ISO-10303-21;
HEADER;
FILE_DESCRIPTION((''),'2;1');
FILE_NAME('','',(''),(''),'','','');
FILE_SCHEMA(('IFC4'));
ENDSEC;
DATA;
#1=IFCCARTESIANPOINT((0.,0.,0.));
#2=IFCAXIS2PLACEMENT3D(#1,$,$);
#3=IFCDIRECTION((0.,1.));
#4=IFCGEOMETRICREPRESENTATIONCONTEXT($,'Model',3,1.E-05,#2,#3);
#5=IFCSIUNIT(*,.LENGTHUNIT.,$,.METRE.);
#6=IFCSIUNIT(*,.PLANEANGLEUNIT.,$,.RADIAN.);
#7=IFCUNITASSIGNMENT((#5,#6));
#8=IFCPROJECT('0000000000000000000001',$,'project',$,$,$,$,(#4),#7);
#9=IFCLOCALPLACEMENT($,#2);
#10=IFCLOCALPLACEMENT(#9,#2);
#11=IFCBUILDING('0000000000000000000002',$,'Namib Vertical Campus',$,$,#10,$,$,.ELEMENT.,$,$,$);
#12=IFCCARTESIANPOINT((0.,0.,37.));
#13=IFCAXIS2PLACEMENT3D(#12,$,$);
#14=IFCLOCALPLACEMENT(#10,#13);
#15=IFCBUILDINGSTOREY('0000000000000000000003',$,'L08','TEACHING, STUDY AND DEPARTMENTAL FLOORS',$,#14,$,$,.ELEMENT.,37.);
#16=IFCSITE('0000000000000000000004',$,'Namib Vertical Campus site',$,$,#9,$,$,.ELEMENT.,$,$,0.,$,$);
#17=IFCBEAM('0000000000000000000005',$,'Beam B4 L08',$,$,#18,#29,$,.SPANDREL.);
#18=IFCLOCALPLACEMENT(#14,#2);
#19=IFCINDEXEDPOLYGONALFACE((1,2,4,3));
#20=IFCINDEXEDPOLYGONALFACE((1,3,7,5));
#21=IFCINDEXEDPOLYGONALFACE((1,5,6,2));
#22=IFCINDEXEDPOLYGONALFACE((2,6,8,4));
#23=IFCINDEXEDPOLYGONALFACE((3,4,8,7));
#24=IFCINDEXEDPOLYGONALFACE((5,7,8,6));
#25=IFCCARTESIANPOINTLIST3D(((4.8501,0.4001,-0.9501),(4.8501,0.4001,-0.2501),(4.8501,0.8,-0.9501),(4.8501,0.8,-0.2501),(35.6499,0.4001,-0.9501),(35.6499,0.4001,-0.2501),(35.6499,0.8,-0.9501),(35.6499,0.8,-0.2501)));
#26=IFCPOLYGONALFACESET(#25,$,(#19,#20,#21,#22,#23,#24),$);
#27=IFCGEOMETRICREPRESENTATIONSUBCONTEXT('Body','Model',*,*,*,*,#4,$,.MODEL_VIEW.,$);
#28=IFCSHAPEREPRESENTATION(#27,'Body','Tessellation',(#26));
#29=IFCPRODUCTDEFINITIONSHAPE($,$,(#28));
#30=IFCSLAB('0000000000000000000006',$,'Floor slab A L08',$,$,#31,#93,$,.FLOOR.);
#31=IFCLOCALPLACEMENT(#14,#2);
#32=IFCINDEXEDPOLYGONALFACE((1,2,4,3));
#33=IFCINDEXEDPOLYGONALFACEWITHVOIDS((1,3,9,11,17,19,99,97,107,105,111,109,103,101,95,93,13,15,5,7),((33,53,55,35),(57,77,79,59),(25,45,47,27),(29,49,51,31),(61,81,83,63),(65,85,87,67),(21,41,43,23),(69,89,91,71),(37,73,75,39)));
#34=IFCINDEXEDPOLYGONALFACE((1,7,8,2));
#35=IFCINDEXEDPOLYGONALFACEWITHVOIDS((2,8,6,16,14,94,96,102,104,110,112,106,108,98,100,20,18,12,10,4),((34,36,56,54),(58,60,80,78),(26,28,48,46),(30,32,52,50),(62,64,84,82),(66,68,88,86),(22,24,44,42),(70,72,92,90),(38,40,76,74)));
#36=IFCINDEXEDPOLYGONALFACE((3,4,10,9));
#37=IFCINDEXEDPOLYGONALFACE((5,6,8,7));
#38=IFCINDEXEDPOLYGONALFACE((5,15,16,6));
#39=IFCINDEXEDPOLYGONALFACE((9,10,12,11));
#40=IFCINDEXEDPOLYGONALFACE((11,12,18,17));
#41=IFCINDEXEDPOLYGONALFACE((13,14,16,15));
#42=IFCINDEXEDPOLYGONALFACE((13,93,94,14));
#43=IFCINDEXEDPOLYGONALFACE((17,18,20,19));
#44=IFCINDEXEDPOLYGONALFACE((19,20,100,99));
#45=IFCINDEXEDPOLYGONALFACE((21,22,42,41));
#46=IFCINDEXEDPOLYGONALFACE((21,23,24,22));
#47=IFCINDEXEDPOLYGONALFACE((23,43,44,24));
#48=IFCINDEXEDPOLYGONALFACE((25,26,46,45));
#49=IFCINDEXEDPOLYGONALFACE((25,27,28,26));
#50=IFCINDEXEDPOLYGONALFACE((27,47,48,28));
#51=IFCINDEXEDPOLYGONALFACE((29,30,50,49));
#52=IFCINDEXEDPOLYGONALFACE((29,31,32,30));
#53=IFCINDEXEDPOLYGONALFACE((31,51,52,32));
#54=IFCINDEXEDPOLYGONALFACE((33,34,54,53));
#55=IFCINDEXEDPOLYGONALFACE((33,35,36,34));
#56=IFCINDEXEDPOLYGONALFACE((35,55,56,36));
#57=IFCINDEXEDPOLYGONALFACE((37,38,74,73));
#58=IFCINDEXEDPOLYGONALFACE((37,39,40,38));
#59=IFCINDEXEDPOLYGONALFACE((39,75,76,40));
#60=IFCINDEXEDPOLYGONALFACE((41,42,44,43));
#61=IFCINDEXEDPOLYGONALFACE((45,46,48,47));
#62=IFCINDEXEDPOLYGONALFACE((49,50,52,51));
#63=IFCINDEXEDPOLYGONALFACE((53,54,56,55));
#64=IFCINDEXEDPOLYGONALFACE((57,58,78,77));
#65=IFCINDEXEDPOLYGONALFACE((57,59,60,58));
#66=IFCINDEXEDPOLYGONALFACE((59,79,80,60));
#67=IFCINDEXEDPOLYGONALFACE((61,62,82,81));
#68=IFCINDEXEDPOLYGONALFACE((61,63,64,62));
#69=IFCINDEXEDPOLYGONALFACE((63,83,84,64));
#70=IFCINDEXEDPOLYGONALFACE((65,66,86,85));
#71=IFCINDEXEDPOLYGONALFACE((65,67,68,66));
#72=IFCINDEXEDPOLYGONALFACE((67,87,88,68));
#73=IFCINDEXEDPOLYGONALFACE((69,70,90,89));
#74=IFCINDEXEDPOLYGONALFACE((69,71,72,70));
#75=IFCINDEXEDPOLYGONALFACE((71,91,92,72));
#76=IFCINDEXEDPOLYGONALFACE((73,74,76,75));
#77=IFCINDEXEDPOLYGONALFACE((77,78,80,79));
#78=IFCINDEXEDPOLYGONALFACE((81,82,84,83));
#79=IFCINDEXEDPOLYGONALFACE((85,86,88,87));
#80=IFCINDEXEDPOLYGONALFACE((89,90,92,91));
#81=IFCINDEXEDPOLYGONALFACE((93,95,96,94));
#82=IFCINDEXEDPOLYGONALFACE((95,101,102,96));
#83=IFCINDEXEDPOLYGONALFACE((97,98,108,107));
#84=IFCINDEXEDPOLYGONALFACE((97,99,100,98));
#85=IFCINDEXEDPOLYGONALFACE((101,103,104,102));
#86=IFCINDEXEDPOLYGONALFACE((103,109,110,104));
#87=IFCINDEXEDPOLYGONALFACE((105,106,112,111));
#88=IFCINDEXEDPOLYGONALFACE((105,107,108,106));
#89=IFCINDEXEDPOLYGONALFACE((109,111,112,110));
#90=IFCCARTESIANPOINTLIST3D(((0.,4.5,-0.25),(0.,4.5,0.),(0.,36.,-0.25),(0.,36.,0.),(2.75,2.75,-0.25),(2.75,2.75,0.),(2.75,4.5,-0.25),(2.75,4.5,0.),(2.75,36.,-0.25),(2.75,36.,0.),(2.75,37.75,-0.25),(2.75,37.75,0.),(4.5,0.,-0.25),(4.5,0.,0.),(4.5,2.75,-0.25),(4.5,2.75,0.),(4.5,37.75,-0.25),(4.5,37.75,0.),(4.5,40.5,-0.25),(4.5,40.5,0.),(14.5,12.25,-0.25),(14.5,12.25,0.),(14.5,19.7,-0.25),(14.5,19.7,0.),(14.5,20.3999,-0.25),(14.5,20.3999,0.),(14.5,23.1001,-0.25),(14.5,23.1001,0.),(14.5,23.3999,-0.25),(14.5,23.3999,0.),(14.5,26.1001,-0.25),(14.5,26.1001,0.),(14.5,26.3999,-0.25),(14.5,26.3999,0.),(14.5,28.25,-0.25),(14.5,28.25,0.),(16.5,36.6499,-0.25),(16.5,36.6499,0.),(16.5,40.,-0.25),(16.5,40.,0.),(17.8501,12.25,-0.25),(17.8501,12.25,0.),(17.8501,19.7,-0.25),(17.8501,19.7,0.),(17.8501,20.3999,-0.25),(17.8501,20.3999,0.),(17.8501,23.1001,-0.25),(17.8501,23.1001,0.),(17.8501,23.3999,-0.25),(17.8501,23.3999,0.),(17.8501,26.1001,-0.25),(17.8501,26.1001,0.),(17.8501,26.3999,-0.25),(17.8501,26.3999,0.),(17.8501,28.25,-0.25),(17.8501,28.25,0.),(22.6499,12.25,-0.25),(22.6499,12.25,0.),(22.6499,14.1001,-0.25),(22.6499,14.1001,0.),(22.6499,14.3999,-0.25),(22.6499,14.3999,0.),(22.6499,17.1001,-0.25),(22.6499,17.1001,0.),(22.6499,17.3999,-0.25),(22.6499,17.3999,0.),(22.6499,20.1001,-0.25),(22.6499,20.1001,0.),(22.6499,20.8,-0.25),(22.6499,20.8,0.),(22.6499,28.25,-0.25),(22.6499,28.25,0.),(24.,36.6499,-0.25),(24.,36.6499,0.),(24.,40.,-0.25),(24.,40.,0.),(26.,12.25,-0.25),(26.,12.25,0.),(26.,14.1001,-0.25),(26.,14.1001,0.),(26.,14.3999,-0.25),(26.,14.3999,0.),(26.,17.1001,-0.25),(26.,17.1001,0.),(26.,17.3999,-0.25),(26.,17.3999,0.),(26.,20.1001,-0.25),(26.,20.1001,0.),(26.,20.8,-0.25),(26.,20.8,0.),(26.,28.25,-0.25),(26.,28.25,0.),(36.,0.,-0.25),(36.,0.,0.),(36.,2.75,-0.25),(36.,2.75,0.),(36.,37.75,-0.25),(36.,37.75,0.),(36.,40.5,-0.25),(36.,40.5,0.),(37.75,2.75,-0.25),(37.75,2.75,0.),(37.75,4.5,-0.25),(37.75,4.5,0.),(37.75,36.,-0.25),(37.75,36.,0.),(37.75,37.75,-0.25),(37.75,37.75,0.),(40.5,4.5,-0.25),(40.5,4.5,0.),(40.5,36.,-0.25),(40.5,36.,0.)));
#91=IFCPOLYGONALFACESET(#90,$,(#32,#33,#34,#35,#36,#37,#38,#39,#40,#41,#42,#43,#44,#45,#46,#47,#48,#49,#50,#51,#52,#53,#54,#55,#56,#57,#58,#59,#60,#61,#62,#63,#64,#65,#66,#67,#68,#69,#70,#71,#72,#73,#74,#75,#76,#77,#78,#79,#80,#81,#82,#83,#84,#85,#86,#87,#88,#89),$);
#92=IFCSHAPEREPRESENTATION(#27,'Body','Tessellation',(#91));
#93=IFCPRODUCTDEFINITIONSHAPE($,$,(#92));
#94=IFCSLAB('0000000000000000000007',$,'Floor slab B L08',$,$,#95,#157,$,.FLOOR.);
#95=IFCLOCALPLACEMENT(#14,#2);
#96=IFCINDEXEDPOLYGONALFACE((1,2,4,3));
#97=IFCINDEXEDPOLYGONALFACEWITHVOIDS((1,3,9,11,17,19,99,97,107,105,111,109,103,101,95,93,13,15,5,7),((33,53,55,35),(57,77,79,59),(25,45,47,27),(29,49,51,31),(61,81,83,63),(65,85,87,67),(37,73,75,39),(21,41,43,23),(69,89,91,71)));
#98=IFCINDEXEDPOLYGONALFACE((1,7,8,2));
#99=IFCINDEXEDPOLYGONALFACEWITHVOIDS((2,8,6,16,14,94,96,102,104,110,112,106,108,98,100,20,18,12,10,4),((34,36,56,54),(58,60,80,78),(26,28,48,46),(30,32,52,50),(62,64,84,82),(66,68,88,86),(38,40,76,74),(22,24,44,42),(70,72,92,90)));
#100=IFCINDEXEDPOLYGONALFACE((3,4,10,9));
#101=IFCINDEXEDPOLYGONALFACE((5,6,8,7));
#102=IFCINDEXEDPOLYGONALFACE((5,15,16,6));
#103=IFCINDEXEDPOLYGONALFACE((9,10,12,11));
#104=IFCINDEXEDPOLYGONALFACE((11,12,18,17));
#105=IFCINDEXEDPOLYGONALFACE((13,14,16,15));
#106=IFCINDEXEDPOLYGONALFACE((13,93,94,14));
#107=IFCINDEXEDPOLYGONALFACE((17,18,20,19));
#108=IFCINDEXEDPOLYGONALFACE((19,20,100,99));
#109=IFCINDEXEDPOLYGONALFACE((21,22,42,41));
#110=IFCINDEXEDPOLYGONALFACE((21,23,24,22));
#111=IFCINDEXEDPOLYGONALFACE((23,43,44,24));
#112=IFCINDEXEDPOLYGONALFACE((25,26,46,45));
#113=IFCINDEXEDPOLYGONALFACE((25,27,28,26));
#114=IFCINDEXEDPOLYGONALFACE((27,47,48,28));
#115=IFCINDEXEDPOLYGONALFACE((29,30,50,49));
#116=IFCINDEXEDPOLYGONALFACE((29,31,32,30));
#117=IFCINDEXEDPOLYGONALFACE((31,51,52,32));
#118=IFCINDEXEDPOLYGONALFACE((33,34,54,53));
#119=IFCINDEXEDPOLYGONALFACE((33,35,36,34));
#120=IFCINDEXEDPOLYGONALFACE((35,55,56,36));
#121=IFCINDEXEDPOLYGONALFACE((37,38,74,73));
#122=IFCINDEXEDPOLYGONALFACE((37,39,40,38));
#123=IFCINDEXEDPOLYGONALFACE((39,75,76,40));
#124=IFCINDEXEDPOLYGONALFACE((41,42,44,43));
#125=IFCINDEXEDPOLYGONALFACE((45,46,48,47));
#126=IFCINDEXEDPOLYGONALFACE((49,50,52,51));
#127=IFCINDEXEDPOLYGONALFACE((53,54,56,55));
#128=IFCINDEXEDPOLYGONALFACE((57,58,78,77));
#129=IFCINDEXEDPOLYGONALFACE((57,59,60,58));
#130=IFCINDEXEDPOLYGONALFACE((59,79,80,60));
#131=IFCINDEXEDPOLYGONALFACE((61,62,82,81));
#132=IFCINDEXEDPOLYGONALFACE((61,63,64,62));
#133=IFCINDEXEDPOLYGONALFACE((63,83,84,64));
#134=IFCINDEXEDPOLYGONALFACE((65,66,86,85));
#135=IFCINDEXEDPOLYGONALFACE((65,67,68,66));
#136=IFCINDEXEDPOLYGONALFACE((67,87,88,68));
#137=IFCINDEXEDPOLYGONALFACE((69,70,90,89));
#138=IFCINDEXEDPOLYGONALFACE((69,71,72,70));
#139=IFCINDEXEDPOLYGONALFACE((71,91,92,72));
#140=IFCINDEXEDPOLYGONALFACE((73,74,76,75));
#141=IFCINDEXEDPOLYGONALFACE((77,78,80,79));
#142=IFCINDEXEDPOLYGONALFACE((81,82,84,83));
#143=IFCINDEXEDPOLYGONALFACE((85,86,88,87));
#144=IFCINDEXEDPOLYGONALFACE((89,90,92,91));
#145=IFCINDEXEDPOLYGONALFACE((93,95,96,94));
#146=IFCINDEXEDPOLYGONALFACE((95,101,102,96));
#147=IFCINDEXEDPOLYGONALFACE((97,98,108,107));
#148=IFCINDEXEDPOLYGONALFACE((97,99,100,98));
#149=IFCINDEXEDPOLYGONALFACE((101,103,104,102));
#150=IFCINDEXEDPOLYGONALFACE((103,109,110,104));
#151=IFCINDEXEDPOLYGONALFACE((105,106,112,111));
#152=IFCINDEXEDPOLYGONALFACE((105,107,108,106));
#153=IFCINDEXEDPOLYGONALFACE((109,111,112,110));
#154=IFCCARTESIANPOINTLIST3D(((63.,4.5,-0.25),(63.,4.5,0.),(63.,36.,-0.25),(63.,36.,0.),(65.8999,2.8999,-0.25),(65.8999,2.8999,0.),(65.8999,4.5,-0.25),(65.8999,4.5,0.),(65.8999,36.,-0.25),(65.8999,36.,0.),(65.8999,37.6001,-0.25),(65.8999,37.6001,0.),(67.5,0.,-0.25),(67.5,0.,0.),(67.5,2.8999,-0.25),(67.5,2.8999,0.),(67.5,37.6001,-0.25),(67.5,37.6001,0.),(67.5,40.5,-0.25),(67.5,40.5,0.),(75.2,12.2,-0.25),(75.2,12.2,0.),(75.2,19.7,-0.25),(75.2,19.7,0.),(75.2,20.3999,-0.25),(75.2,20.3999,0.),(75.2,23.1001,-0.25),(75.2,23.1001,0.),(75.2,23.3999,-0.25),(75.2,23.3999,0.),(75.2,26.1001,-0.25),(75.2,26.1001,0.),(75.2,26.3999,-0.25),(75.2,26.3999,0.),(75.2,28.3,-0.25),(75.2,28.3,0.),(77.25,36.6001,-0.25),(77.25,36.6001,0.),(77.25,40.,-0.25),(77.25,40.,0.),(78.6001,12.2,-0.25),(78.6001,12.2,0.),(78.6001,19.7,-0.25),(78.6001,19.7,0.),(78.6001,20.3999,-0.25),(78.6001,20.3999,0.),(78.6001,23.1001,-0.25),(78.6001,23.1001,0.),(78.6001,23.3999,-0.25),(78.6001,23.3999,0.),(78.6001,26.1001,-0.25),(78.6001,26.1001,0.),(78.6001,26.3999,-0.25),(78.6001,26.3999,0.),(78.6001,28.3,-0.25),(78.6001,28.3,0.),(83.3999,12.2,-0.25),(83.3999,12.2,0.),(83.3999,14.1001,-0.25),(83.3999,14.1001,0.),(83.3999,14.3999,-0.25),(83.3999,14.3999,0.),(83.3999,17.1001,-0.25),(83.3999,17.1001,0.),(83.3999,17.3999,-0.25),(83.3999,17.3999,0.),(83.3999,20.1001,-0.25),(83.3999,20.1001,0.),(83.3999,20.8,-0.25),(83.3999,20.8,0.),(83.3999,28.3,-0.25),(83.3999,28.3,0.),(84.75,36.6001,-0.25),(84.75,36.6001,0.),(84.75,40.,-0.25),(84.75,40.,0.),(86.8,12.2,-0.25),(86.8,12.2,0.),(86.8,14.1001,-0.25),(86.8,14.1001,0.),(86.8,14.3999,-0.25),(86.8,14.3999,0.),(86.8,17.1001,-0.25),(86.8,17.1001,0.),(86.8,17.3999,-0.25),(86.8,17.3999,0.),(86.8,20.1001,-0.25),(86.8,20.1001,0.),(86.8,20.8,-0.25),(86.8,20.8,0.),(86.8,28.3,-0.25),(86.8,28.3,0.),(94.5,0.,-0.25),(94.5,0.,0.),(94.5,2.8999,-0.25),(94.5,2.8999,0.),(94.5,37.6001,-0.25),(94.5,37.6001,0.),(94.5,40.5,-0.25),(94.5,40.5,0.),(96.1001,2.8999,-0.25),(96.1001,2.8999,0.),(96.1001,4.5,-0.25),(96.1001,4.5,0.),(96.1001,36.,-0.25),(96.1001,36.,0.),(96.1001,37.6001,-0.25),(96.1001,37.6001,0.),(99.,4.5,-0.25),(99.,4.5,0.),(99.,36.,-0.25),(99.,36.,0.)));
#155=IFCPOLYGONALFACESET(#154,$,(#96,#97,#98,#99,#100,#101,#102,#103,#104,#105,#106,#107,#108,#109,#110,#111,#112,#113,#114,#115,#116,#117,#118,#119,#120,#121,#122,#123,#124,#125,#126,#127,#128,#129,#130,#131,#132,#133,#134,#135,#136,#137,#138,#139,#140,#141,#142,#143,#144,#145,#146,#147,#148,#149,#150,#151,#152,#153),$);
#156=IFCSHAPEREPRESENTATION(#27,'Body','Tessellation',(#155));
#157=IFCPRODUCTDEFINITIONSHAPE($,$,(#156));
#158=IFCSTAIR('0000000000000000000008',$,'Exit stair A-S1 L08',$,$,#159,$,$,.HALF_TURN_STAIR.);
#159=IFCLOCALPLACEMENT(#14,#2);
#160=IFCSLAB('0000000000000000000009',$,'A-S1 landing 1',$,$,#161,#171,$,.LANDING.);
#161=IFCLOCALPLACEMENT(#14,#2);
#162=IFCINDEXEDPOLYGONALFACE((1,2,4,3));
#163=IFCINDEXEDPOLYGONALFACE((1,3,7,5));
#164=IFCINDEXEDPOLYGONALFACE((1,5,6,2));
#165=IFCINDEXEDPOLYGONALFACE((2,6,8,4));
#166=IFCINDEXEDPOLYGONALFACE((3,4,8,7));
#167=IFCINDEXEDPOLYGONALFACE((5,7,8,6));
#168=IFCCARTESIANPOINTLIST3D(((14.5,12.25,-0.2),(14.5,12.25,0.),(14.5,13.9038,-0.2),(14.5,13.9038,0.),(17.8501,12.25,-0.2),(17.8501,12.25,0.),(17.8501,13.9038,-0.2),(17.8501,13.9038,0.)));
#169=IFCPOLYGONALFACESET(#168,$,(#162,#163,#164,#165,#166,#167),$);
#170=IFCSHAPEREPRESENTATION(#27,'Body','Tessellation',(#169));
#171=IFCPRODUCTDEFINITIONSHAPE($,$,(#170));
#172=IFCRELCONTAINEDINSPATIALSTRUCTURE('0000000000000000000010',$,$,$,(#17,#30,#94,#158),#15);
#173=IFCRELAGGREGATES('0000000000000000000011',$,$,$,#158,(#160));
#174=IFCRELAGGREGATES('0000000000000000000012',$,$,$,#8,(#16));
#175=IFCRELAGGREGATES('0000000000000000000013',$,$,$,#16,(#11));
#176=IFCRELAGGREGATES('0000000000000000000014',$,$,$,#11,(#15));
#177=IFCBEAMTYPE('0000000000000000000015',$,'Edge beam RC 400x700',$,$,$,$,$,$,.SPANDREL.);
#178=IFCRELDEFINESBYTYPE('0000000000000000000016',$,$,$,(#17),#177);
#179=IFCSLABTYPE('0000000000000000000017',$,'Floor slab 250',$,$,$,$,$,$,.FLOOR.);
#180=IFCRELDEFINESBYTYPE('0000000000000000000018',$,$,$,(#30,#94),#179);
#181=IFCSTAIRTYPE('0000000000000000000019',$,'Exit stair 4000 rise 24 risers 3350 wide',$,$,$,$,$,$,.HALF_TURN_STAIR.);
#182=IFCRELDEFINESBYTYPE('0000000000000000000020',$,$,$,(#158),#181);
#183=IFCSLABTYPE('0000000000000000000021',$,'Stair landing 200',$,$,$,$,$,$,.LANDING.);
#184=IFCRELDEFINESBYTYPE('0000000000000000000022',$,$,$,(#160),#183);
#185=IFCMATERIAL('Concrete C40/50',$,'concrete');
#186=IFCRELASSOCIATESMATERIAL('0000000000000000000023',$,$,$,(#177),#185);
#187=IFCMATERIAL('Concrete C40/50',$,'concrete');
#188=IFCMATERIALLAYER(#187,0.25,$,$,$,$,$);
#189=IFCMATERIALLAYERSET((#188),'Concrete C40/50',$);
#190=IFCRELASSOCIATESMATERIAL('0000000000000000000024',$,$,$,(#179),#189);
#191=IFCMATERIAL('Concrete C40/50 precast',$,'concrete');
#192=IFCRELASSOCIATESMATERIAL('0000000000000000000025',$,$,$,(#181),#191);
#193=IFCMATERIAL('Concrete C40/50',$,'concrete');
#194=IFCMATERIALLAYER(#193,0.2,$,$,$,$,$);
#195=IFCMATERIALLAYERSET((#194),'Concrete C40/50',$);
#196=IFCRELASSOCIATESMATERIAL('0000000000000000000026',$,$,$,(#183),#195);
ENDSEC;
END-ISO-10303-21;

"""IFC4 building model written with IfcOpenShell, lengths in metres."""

from ifc_helpers import new_model, si_unit, direction, frame, origin, origin_2d, place, context, subcontext, project, spatial, polyline, rectangle, outline, extrude, material, layer, layer_set, material_profile, profile_set, type_object, element, aggregate, save


model = new_model("IFC4")

# Units and contexts
model_context = context("Model", 3, precision=1e-05, world=origin(), true_north=direction((0.0, 1.0)))
body_context = subcontext(model_context, "Body", "Model", "MODEL_VIEW")
ifc_project = project(units=[si_unit("LENGTHUNIT", "METRE"), si_unit("PLANEANGLEUNIT", "RADIAN")], contexts=[model_context])

# Site, building, storey
site_placement = place(None, origin())
site = spatial("IfcSite", under=ifc_project, at=site_placement, Name="Namib Vertical Campus site", CompositionType="ELEMENT", RefElevation=0.0)
building_placement = place(site_placement, origin())
building = spatial("IfcBuilding", under=site, at=building_placement, Name="Namib Vertical Campus", CompositionType="ELEMENT")
storey_placement = place(building_placement, frame((0.0, 0.0, 37.0)))
storey = spatial("IfcBuildingStorey", under=building, at=storey_placement, Name="L08", Description="TEACHING, STUDY AND DEPARTMENTAL FLOORS", CompositionType="ELEMENT", Elevation=37.0)

# Beam
ifc_material_1 = material(Name="Concrete C40/50", Category="concrete")
ifc_material_profile = material_profile(ifc_material_1, rectangle(XDim=0.3999, YDim=0.7, at=origin_2d()))
ifc_profile_set = profile_set([ifc_material_profile], Name="Concrete C40/50")
beam_type = type_object("IfcBeamType", Name="Edge beam RC 400x700", PredefinedType="SPANDREL", material=ifc_profile_set)
beam_placement = place(storey_placement, frame((4.8501, 0.6001, -0.6001), z_axis=(1.0, 0.0, 0.0), x_axis=(0.0, 1.0, 0.0)))
element("IfcBeam", 1, at=beam_placement, inside=storey, type_object=beam_type, Name="Beam B4 L08", PredefinedType="SPANDREL", context=body_context, shape_type="SweptSolid", body=[
    extrude(rectangle(XDim=0.3999, YDim=0.7, at=origin_2d()), origin(), (0.0, 0.0, 1.0), 30.7998),
])

# Slabs
ifc_material_2 = material(Name="Concrete C40/50", Category="concrete")
ifc_layer_1 = layer(ifc_material_2, 0.25)
ifc_layer_set_1 = layer_set([ifc_layer_1], Name="Concrete C40/50")
slab_type_1 = type_object("IfcSlabType", Name="Floor slab 250", PredefinedType="FLOOR", material=ifc_layer_set_1)
slab_1_placement = place(storey_placement, frame((0.0, 0.0, -0.25)))
element("IfcSlab", 2, at=slab_1_placement, inside=storey, type_object=slab_type_1, Name="Floor slab A L08", PredefinedType="FLOOR", context=body_context, shape_type="SweptSolid", body=[
    extrude(outline(polyline([(4.5, 0.0), (36.0, 0.0), (36.0, 2.75), (37.75, 2.75), (37.75, 4.5), (40.5, 4.5), (40.5, 36.0), (37.75, 36.0), (37.75, 37.75), (36.0, 37.75), (36.0, 40.5), (4.5, 40.5), (4.5, 37.75), (2.75, 37.75), (2.75, 36.0), (0.0, 36.0), (0.0, 4.5), (2.75, 4.5), (2.75, 2.75), (4.5, 2.75), (4.5, 0.0)]), holes=[polyline([(14.5, 12.25), (17.8501, 12.25), (17.8501, 19.7), (14.5, 19.7), (14.5, 12.25)]), polyline([(22.6499, 20.8), (26.0, 20.8), (26.0, 28.25), (22.6499, 28.25), (22.6499, 20.8)]), polyline([(22.6499, 12.25), (26.0, 12.25), (26.0, 14.1001), (22.6499, 14.1001), (22.6499, 12.25)]), polyline([(14.5, 20.3999), (17.8501, 20.3999), (17.8501, 23.1001), (14.5, 23.1001), (14.5, 20.3999)]), polyline([(14.5, 23.3999), (17.8501, 23.3999), (17.8501, 26.1001), (14.5, 26.1001), (14.5, 23.3999)]), polyline([(14.5, 26.3999), (17.8501, 26.3999), (17.8501, 28.25), (14.5, 28.25), (14.5, 26.3999)]), polyline([(22.6499, 14.3999), (26.0, 14.3999), (26.0, 17.1001), (22.6499, 17.1001), (22.6499, 14.3999)]), polyline([(22.6499, 17.3999), (26.0, 17.3999), (26.0, 20.1001), (22.6499, 20.1001), (22.6499, 17.3999)]), polyline([(16.5, 36.6499), (24.0, 36.6499), (24.0, 40.0), (16.5, 40.0), (16.5, 36.6499)])]), origin(), (0.0, 0.0, 1.0), 0.25),
])
slab_2_placement = place(storey_placement, frame((0.0, 0.0, -0.25)))
element("IfcSlab", 3, at=slab_2_placement, inside=storey, type_object=slab_type_1, Name="Floor slab B L08", PredefinedType="FLOOR", context=body_context, shape_type="SweptSolid", body=[
    extrude(outline(polyline([(67.5, 0.0), (94.5, 0.0), (94.5, 2.8999), (96.1001, 2.8999), (96.1001, 4.5), (99.0, 4.5), (99.0, 36.0), (96.1001, 36.0), (96.1001, 37.6001), (94.5, 37.6001), (94.5, 40.5), (67.5, 40.5), (67.5, 37.6001), (65.8999, 37.6001), (65.8999, 36.0), (63.0, 36.0), (63.0, 4.5), (65.8999, 4.5), (65.8999, 2.8999), (67.5, 2.8999), (67.5, 0.0)]), holes=[polyline([(75.2, 12.2), (78.6001, 12.2), (78.6001, 19.7), (75.2, 19.7), (75.2, 12.2)]), polyline([(83.3999, 20.8), (86.8, 20.8), (86.8, 28.3), (83.3999, 28.3), (83.3999, 20.8)]), polyline([(83.3999, 12.2), (86.8, 12.2), (86.8, 14.1001), (83.3999, 14.1001), (83.3999, 12.2)]), polyline([(75.2, 20.3999), (78.6001, 20.3999), (78.6001, 23.1001), (75.2, 23.1001), (75.2, 20.3999)]), polyline([(75.2, 23.3999), (78.6001, 23.3999), (78.6001, 26.1001), (75.2, 26.1001), (75.2, 23.3999)]), polyline([(75.2, 26.3999), (78.6001, 26.3999), (78.6001, 28.3), (75.2, 28.3), (75.2, 26.3999)]), polyline([(83.3999, 14.3999), (86.8, 14.3999), (86.8, 17.1001), (83.3999, 17.1001), (83.3999, 14.3999)]), polyline([(83.3999, 17.3999), (86.8, 17.3999), (86.8, 20.1001), (83.3999, 20.1001), (83.3999, 17.3999)]), polyline([(77.25, 36.6001), (84.75, 36.6001), (84.75, 40.0), (77.25, 40.0), (77.25, 36.6001)])]), origin(), (0.0, 0.0, 1.0), 0.25),
])

# Stair, slab
ifc_material_3 = material(Name="Concrete C40/50 precast", Category="concrete")
stair_type_1 = type_object("IfcStairType", Name="Exit stair 4000 rise 24 risers 3350 wide", PredefinedType="HALF_TURN_STAIR", material=ifc_material_3)
stair_1_placement = place(storey_placement, origin())
stair_1 = element("IfcStair", 4, at=stair_1_placement, inside=storey, type_object=stair_type_1, Name="Exit stair A-S1 L08", PredefinedType="HALF_TURN_STAIR")
ifc_material_4 = material(Name="Concrete C40/50", Category="concrete")
ifc_layer_2 = layer(ifc_material_4, 0.2)
ifc_layer_set_2 = layer_set([ifc_layer_2], Name="Concrete C40/50")
slab_type_2 = type_object("IfcSlabType", Name="Stair landing 200", PredefinedType="LANDING", material=ifc_layer_set_2)
slab_3_placement = place(storey_placement, frame((0.0, 0.0, -0.2)))
slab_3 = element("IfcSlab", 5, at=slab_3_placement, type_object=slab_type_2, Name="A-S1 landing 1", PredefinedType="LANDING", context=body_context, shape_type="SweptSolid", body=[
    extrude(outline(polyline([(14.5, 12.25), (17.8501, 12.25), (17.8501, 13.9038), (14.5, 13.9038), (14.5, 12.25)])), origin(), (0.0, 0.0, 1.0), 0.2),
])
aggregate(stair_1, [slab_3])

save(model, "model.ifc")
